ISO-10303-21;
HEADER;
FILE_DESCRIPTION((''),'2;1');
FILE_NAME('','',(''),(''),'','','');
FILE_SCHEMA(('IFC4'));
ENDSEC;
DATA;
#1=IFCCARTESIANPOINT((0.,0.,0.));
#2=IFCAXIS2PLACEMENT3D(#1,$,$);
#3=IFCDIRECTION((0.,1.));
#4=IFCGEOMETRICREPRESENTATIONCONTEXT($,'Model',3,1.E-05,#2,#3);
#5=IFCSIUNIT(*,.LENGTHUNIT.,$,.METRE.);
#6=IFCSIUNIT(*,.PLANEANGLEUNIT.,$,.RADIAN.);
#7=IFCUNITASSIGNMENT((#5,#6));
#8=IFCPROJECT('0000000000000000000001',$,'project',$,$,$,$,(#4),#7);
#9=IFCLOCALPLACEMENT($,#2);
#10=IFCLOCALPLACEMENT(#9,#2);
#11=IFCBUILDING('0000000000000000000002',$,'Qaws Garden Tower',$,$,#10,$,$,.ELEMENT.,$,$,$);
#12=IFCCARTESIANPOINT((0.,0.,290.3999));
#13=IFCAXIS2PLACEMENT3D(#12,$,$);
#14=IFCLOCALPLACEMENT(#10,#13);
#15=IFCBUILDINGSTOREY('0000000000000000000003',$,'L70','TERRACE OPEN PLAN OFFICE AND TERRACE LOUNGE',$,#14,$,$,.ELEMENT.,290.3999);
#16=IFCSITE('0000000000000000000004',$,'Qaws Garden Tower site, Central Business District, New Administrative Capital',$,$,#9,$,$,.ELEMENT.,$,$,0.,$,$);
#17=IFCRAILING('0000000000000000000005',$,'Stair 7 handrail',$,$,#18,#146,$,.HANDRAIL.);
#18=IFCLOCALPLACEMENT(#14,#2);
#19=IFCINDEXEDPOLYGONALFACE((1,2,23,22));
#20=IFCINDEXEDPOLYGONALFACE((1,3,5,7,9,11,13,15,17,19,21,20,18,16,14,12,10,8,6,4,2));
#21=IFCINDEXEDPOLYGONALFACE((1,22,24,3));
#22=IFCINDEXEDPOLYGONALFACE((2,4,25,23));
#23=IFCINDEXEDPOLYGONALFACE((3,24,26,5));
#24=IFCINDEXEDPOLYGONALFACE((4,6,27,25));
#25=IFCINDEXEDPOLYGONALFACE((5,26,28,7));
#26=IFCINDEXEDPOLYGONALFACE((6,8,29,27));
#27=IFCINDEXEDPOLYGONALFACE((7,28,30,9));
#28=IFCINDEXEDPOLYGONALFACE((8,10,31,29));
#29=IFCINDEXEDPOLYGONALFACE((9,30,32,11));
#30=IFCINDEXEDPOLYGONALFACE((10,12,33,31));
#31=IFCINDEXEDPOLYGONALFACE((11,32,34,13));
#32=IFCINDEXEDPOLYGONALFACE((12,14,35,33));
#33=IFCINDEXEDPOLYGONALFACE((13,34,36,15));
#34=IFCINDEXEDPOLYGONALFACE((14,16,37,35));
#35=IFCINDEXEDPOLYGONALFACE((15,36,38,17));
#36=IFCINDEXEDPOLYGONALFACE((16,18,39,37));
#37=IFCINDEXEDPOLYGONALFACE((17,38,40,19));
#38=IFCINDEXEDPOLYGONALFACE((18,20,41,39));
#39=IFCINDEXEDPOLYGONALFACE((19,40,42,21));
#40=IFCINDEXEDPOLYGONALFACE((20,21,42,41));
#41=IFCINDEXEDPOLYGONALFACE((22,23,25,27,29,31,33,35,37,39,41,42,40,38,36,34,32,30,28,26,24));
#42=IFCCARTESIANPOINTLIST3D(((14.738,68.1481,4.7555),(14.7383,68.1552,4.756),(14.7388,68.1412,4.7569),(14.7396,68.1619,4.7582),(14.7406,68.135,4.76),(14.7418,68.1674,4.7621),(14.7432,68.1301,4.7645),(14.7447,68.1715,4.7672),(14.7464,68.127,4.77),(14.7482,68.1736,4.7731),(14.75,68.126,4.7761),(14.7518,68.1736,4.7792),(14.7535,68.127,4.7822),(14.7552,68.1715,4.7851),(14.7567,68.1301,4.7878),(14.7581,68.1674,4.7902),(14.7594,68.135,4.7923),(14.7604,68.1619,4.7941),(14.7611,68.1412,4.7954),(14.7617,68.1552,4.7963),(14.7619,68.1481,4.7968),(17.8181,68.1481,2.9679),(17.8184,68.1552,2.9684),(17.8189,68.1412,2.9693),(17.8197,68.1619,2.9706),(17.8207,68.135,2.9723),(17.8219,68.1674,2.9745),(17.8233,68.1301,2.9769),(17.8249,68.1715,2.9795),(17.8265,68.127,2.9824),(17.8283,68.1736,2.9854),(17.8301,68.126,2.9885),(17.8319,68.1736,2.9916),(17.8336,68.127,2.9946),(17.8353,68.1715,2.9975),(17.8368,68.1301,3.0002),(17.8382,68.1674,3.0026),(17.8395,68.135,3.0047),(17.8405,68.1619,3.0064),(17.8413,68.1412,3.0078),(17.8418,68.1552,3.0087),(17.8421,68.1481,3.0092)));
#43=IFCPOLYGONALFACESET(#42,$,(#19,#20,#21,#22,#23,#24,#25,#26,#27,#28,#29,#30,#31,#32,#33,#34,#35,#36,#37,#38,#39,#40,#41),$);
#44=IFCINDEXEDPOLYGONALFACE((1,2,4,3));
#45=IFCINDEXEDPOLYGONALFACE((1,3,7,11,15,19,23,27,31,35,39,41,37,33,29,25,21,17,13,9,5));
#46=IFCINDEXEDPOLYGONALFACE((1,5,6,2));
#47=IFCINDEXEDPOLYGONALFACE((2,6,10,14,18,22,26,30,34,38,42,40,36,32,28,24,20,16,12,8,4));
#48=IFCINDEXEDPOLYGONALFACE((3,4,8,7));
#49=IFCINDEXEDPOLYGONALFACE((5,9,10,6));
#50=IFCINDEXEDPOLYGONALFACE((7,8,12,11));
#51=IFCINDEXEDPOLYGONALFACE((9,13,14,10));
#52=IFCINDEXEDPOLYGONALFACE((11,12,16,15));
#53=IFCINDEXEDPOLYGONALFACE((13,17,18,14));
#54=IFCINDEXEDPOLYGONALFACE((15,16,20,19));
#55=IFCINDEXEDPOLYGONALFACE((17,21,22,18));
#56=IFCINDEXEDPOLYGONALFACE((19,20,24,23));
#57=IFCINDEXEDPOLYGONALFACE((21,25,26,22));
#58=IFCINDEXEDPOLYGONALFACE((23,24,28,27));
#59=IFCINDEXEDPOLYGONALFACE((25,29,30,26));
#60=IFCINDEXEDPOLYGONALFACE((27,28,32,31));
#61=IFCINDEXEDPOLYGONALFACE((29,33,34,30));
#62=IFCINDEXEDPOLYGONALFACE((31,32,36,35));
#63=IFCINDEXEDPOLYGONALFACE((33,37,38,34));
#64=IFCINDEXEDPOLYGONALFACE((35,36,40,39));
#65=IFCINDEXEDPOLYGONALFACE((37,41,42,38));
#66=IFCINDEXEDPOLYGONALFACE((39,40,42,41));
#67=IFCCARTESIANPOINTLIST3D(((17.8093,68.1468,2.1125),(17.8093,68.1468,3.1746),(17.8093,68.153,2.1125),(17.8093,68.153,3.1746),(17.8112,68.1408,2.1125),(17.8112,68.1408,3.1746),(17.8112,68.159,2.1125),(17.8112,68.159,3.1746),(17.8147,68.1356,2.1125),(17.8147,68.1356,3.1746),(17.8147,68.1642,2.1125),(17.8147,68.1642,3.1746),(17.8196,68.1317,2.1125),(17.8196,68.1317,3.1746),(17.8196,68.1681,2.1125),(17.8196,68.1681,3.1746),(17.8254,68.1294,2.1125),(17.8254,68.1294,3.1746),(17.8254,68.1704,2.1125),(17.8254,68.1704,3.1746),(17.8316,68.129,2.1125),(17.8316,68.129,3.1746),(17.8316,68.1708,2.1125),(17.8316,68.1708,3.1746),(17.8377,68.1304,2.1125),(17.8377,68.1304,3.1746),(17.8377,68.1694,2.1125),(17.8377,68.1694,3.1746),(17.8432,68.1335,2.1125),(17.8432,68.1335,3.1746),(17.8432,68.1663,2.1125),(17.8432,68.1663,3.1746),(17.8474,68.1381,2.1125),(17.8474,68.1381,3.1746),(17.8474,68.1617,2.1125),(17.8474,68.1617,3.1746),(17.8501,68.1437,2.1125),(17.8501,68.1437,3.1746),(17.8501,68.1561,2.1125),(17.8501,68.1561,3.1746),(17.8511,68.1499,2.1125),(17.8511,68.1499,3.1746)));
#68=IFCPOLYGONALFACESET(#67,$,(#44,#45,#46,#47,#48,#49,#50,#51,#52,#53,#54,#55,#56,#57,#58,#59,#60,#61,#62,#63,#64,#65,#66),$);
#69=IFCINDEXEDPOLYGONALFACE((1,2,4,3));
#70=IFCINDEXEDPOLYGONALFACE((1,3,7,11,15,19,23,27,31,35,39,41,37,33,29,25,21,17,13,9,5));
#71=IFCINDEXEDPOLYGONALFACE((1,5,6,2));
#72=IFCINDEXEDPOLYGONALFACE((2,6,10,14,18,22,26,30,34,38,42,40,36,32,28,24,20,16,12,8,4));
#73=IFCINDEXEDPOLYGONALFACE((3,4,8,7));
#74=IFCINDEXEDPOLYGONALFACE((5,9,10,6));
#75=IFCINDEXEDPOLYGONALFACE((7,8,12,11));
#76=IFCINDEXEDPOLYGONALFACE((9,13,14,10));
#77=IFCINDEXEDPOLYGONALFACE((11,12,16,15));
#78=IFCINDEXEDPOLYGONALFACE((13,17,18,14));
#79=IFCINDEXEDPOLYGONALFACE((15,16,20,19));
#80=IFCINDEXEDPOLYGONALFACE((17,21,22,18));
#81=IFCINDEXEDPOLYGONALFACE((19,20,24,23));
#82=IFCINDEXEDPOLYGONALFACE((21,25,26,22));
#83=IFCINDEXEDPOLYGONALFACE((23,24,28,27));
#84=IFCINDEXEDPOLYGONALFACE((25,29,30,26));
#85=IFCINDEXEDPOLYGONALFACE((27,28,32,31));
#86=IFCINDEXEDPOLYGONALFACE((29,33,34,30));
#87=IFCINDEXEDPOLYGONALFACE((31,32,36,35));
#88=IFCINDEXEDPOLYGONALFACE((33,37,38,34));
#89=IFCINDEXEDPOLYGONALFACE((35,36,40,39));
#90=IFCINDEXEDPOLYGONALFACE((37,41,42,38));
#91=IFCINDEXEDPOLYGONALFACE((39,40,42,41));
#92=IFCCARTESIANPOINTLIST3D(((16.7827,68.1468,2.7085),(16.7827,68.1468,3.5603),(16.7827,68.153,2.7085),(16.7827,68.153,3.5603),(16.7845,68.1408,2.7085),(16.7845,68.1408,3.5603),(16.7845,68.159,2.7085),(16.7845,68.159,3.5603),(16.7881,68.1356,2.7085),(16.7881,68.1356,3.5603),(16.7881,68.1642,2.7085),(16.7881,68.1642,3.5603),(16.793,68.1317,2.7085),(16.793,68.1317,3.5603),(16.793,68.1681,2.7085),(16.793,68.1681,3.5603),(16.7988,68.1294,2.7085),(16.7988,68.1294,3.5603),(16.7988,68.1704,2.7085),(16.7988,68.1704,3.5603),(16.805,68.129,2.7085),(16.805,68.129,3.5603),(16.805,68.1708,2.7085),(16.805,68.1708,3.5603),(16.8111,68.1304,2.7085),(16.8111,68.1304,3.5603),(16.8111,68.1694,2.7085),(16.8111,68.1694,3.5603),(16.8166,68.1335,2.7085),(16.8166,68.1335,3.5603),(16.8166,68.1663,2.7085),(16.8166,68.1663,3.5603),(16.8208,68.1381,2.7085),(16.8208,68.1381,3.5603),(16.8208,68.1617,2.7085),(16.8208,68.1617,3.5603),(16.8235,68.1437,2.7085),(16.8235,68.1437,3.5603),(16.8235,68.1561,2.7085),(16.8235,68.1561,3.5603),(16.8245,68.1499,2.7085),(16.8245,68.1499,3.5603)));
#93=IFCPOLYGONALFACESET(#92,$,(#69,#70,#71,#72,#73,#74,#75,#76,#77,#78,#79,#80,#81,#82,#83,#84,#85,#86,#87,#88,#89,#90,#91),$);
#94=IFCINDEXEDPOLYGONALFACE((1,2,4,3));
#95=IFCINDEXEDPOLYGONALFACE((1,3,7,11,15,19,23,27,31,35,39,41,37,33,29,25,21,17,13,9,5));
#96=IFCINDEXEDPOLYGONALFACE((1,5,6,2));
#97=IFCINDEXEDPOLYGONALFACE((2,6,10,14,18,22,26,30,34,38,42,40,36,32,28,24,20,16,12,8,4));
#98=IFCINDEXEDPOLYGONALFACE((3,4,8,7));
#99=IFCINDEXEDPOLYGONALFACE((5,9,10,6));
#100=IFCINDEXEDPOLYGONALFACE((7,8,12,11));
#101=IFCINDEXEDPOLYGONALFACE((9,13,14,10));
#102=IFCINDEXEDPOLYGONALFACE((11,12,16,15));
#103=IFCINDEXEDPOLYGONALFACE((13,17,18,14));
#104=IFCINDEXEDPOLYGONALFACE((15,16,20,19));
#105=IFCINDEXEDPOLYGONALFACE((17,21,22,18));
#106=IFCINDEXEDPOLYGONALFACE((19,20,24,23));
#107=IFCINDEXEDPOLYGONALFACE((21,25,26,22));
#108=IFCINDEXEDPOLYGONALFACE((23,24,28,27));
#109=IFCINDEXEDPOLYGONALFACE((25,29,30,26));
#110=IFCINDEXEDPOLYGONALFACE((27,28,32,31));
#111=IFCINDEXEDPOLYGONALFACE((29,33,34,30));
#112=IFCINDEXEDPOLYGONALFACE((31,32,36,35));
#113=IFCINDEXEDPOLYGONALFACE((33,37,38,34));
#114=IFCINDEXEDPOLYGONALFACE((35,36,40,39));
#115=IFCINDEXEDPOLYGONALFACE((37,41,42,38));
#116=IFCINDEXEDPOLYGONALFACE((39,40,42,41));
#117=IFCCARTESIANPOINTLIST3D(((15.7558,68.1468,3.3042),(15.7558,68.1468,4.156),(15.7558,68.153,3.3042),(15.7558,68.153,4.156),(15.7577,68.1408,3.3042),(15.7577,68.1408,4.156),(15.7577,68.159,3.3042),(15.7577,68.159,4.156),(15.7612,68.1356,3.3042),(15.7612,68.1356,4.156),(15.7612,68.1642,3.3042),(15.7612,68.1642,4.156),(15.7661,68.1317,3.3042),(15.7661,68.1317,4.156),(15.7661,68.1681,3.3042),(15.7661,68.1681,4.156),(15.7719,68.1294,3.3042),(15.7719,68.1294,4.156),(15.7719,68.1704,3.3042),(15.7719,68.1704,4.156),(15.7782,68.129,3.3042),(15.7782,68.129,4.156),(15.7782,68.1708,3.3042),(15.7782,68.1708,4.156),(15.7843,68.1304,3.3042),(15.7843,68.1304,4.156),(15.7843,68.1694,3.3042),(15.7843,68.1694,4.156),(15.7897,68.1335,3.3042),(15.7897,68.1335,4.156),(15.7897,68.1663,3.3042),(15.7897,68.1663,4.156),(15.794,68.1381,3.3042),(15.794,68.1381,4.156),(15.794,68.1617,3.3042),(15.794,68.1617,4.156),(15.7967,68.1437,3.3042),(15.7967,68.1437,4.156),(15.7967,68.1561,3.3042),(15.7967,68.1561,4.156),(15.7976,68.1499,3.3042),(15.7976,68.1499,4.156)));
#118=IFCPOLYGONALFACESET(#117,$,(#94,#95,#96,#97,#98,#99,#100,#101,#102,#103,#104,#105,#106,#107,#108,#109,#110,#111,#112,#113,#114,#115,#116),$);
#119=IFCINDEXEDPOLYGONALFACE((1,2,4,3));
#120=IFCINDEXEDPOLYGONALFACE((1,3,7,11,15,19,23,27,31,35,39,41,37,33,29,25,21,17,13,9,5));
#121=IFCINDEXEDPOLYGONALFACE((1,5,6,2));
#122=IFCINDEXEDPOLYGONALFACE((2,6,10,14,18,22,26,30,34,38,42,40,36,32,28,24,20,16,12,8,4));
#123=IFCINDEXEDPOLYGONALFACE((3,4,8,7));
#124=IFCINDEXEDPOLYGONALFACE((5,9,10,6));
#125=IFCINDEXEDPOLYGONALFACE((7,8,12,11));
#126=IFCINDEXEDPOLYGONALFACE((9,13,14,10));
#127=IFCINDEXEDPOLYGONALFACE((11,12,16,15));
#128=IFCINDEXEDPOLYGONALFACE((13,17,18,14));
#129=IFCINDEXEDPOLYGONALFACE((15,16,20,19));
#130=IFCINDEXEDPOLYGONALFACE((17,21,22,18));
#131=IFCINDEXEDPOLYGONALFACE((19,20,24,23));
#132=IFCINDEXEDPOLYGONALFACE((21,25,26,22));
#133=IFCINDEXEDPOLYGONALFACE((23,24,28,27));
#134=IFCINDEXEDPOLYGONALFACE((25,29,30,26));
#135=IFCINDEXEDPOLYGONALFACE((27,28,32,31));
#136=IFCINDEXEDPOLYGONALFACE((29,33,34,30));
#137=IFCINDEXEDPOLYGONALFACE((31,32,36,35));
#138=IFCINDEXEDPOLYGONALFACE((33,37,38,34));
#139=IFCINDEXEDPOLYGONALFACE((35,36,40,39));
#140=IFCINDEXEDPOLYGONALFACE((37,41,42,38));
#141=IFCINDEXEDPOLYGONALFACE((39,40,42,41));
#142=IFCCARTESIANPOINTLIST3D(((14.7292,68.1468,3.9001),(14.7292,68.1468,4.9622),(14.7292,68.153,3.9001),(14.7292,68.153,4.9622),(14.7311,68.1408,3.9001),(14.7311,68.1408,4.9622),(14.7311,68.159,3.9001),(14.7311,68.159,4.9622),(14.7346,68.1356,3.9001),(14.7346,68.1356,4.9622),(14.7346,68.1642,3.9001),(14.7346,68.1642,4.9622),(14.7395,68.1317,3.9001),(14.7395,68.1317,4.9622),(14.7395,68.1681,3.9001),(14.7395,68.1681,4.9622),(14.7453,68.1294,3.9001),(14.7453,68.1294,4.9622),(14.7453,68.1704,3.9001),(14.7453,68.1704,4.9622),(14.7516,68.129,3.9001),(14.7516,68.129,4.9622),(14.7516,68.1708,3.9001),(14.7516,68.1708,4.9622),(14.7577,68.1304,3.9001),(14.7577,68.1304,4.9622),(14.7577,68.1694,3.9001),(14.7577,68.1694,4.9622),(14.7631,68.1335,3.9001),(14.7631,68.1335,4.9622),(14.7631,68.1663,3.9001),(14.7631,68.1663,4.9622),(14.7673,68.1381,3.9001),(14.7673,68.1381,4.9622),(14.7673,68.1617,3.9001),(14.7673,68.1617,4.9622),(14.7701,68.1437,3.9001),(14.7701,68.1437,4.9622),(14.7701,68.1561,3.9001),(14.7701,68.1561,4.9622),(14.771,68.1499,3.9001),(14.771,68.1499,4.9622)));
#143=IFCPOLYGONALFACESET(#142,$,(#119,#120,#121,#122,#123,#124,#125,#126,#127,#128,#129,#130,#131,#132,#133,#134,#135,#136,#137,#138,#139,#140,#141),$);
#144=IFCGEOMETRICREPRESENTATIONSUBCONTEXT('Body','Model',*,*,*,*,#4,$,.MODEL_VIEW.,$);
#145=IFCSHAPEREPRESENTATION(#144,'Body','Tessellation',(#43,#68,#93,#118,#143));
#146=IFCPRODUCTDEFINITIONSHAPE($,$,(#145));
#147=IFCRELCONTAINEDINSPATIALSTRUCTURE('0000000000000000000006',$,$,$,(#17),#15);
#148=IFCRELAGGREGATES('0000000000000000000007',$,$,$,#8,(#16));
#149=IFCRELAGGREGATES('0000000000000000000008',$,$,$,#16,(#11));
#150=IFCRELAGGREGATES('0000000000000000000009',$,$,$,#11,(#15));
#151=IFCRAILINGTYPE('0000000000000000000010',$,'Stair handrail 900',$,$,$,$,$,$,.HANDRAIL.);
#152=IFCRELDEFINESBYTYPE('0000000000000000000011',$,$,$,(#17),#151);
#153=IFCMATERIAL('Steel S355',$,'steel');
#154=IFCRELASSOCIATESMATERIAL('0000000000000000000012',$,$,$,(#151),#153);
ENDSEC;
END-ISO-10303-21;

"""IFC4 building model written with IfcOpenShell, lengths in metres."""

from ifc_helpers import new_model, si_unit, direction, frame, origin, origin_2d, place, context, subcontext, project, spatial, circle, extrude, material, type_object, element, save


model = new_model("IFC4")

# Units and contexts
model_context = context("Model", 3, precision=1e-05, world=origin(), true_north=direction((0.0, 1.0)))
body_context = subcontext(model_context, "Body", "Model", "MODEL_VIEW")
ifc_project = project(units=[si_unit("LENGTHUNIT", "METRE"), si_unit("PLANEANGLEUNIT", "RADIAN")], contexts=[model_context])

# Site, building, storey
site_placement = place(None, origin())
site = spatial("IfcSite", under=ifc_project, at=site_placement, Name="Qaws Garden Tower site, Central Business District, New Administrative Capital", CompositionType="ELEMENT", RefElevation=0.0)
building_placement = place(site_placement, origin())
building = spatial("IfcBuilding", under=site, at=building_placement, Name="Qaws Garden Tower", CompositionType="ELEMENT")
storey_placement = place(building_placement, frame((0.0, 0.0, 290.3999)))
storey = spatial("IfcBuildingStorey", under=building, at=storey_placement, Name="L70", Description="TERRACE OPEN PLAN OFFICE AND TERRACE LOUNGE", CompositionType="ELEMENT", Elevation=290.3999)

# Railing
ifc_material_1 = material(Name="Steel S355", Category="steel")
railing_type = type_object("IfcRailingType", Name="Stair handrail 900", PredefinedType="HANDRAIL", material=ifc_material_1)
railing_1_placement = place(storey_placement, frame((17.8301, 68.1499, 2.1125)))
element("IfcRailing", 1, at=railing_1_placement, inside=storey, type_object=railing_type, Name="Stair 7 handrail", PredefinedType="HANDRAIL", context=body_context, shape_type="SweptSolid", body=[
    extrude(circle(Radius=0.0239, at=origin_2d()), frame((0.0, 0.0, 0.876), z_axis=(-0.864891, 0.0, 0.50196), x_axis=(0.0, -1.0, 0.0)), (0.0, 0.0, 1.0), 3.5613),
    extrude(circle(Radius=0.021, at=origin_2d()), origin(), (0.0, 0.0, 1.0), 1.062),
    extrude(circle(Radius=0.021, at=origin_2d()), frame((-1.0266, 0.0, 0.5959)), (0.0, 0.0, 1.0), 0.8518),
    extrude(circle(Radius=0.021, at=origin_2d()), frame((-2.0535, 0.0, 1.1917)), (0.0, 0.0, 1.0), 0.8518),
    extrude(circle(Radius=0.021, at=origin_2d()), frame((-3.0801, 0.0, 1.7876)), (0.0, 0.0, 1.0), 1.062),
])

save(model, "model.ifc")
